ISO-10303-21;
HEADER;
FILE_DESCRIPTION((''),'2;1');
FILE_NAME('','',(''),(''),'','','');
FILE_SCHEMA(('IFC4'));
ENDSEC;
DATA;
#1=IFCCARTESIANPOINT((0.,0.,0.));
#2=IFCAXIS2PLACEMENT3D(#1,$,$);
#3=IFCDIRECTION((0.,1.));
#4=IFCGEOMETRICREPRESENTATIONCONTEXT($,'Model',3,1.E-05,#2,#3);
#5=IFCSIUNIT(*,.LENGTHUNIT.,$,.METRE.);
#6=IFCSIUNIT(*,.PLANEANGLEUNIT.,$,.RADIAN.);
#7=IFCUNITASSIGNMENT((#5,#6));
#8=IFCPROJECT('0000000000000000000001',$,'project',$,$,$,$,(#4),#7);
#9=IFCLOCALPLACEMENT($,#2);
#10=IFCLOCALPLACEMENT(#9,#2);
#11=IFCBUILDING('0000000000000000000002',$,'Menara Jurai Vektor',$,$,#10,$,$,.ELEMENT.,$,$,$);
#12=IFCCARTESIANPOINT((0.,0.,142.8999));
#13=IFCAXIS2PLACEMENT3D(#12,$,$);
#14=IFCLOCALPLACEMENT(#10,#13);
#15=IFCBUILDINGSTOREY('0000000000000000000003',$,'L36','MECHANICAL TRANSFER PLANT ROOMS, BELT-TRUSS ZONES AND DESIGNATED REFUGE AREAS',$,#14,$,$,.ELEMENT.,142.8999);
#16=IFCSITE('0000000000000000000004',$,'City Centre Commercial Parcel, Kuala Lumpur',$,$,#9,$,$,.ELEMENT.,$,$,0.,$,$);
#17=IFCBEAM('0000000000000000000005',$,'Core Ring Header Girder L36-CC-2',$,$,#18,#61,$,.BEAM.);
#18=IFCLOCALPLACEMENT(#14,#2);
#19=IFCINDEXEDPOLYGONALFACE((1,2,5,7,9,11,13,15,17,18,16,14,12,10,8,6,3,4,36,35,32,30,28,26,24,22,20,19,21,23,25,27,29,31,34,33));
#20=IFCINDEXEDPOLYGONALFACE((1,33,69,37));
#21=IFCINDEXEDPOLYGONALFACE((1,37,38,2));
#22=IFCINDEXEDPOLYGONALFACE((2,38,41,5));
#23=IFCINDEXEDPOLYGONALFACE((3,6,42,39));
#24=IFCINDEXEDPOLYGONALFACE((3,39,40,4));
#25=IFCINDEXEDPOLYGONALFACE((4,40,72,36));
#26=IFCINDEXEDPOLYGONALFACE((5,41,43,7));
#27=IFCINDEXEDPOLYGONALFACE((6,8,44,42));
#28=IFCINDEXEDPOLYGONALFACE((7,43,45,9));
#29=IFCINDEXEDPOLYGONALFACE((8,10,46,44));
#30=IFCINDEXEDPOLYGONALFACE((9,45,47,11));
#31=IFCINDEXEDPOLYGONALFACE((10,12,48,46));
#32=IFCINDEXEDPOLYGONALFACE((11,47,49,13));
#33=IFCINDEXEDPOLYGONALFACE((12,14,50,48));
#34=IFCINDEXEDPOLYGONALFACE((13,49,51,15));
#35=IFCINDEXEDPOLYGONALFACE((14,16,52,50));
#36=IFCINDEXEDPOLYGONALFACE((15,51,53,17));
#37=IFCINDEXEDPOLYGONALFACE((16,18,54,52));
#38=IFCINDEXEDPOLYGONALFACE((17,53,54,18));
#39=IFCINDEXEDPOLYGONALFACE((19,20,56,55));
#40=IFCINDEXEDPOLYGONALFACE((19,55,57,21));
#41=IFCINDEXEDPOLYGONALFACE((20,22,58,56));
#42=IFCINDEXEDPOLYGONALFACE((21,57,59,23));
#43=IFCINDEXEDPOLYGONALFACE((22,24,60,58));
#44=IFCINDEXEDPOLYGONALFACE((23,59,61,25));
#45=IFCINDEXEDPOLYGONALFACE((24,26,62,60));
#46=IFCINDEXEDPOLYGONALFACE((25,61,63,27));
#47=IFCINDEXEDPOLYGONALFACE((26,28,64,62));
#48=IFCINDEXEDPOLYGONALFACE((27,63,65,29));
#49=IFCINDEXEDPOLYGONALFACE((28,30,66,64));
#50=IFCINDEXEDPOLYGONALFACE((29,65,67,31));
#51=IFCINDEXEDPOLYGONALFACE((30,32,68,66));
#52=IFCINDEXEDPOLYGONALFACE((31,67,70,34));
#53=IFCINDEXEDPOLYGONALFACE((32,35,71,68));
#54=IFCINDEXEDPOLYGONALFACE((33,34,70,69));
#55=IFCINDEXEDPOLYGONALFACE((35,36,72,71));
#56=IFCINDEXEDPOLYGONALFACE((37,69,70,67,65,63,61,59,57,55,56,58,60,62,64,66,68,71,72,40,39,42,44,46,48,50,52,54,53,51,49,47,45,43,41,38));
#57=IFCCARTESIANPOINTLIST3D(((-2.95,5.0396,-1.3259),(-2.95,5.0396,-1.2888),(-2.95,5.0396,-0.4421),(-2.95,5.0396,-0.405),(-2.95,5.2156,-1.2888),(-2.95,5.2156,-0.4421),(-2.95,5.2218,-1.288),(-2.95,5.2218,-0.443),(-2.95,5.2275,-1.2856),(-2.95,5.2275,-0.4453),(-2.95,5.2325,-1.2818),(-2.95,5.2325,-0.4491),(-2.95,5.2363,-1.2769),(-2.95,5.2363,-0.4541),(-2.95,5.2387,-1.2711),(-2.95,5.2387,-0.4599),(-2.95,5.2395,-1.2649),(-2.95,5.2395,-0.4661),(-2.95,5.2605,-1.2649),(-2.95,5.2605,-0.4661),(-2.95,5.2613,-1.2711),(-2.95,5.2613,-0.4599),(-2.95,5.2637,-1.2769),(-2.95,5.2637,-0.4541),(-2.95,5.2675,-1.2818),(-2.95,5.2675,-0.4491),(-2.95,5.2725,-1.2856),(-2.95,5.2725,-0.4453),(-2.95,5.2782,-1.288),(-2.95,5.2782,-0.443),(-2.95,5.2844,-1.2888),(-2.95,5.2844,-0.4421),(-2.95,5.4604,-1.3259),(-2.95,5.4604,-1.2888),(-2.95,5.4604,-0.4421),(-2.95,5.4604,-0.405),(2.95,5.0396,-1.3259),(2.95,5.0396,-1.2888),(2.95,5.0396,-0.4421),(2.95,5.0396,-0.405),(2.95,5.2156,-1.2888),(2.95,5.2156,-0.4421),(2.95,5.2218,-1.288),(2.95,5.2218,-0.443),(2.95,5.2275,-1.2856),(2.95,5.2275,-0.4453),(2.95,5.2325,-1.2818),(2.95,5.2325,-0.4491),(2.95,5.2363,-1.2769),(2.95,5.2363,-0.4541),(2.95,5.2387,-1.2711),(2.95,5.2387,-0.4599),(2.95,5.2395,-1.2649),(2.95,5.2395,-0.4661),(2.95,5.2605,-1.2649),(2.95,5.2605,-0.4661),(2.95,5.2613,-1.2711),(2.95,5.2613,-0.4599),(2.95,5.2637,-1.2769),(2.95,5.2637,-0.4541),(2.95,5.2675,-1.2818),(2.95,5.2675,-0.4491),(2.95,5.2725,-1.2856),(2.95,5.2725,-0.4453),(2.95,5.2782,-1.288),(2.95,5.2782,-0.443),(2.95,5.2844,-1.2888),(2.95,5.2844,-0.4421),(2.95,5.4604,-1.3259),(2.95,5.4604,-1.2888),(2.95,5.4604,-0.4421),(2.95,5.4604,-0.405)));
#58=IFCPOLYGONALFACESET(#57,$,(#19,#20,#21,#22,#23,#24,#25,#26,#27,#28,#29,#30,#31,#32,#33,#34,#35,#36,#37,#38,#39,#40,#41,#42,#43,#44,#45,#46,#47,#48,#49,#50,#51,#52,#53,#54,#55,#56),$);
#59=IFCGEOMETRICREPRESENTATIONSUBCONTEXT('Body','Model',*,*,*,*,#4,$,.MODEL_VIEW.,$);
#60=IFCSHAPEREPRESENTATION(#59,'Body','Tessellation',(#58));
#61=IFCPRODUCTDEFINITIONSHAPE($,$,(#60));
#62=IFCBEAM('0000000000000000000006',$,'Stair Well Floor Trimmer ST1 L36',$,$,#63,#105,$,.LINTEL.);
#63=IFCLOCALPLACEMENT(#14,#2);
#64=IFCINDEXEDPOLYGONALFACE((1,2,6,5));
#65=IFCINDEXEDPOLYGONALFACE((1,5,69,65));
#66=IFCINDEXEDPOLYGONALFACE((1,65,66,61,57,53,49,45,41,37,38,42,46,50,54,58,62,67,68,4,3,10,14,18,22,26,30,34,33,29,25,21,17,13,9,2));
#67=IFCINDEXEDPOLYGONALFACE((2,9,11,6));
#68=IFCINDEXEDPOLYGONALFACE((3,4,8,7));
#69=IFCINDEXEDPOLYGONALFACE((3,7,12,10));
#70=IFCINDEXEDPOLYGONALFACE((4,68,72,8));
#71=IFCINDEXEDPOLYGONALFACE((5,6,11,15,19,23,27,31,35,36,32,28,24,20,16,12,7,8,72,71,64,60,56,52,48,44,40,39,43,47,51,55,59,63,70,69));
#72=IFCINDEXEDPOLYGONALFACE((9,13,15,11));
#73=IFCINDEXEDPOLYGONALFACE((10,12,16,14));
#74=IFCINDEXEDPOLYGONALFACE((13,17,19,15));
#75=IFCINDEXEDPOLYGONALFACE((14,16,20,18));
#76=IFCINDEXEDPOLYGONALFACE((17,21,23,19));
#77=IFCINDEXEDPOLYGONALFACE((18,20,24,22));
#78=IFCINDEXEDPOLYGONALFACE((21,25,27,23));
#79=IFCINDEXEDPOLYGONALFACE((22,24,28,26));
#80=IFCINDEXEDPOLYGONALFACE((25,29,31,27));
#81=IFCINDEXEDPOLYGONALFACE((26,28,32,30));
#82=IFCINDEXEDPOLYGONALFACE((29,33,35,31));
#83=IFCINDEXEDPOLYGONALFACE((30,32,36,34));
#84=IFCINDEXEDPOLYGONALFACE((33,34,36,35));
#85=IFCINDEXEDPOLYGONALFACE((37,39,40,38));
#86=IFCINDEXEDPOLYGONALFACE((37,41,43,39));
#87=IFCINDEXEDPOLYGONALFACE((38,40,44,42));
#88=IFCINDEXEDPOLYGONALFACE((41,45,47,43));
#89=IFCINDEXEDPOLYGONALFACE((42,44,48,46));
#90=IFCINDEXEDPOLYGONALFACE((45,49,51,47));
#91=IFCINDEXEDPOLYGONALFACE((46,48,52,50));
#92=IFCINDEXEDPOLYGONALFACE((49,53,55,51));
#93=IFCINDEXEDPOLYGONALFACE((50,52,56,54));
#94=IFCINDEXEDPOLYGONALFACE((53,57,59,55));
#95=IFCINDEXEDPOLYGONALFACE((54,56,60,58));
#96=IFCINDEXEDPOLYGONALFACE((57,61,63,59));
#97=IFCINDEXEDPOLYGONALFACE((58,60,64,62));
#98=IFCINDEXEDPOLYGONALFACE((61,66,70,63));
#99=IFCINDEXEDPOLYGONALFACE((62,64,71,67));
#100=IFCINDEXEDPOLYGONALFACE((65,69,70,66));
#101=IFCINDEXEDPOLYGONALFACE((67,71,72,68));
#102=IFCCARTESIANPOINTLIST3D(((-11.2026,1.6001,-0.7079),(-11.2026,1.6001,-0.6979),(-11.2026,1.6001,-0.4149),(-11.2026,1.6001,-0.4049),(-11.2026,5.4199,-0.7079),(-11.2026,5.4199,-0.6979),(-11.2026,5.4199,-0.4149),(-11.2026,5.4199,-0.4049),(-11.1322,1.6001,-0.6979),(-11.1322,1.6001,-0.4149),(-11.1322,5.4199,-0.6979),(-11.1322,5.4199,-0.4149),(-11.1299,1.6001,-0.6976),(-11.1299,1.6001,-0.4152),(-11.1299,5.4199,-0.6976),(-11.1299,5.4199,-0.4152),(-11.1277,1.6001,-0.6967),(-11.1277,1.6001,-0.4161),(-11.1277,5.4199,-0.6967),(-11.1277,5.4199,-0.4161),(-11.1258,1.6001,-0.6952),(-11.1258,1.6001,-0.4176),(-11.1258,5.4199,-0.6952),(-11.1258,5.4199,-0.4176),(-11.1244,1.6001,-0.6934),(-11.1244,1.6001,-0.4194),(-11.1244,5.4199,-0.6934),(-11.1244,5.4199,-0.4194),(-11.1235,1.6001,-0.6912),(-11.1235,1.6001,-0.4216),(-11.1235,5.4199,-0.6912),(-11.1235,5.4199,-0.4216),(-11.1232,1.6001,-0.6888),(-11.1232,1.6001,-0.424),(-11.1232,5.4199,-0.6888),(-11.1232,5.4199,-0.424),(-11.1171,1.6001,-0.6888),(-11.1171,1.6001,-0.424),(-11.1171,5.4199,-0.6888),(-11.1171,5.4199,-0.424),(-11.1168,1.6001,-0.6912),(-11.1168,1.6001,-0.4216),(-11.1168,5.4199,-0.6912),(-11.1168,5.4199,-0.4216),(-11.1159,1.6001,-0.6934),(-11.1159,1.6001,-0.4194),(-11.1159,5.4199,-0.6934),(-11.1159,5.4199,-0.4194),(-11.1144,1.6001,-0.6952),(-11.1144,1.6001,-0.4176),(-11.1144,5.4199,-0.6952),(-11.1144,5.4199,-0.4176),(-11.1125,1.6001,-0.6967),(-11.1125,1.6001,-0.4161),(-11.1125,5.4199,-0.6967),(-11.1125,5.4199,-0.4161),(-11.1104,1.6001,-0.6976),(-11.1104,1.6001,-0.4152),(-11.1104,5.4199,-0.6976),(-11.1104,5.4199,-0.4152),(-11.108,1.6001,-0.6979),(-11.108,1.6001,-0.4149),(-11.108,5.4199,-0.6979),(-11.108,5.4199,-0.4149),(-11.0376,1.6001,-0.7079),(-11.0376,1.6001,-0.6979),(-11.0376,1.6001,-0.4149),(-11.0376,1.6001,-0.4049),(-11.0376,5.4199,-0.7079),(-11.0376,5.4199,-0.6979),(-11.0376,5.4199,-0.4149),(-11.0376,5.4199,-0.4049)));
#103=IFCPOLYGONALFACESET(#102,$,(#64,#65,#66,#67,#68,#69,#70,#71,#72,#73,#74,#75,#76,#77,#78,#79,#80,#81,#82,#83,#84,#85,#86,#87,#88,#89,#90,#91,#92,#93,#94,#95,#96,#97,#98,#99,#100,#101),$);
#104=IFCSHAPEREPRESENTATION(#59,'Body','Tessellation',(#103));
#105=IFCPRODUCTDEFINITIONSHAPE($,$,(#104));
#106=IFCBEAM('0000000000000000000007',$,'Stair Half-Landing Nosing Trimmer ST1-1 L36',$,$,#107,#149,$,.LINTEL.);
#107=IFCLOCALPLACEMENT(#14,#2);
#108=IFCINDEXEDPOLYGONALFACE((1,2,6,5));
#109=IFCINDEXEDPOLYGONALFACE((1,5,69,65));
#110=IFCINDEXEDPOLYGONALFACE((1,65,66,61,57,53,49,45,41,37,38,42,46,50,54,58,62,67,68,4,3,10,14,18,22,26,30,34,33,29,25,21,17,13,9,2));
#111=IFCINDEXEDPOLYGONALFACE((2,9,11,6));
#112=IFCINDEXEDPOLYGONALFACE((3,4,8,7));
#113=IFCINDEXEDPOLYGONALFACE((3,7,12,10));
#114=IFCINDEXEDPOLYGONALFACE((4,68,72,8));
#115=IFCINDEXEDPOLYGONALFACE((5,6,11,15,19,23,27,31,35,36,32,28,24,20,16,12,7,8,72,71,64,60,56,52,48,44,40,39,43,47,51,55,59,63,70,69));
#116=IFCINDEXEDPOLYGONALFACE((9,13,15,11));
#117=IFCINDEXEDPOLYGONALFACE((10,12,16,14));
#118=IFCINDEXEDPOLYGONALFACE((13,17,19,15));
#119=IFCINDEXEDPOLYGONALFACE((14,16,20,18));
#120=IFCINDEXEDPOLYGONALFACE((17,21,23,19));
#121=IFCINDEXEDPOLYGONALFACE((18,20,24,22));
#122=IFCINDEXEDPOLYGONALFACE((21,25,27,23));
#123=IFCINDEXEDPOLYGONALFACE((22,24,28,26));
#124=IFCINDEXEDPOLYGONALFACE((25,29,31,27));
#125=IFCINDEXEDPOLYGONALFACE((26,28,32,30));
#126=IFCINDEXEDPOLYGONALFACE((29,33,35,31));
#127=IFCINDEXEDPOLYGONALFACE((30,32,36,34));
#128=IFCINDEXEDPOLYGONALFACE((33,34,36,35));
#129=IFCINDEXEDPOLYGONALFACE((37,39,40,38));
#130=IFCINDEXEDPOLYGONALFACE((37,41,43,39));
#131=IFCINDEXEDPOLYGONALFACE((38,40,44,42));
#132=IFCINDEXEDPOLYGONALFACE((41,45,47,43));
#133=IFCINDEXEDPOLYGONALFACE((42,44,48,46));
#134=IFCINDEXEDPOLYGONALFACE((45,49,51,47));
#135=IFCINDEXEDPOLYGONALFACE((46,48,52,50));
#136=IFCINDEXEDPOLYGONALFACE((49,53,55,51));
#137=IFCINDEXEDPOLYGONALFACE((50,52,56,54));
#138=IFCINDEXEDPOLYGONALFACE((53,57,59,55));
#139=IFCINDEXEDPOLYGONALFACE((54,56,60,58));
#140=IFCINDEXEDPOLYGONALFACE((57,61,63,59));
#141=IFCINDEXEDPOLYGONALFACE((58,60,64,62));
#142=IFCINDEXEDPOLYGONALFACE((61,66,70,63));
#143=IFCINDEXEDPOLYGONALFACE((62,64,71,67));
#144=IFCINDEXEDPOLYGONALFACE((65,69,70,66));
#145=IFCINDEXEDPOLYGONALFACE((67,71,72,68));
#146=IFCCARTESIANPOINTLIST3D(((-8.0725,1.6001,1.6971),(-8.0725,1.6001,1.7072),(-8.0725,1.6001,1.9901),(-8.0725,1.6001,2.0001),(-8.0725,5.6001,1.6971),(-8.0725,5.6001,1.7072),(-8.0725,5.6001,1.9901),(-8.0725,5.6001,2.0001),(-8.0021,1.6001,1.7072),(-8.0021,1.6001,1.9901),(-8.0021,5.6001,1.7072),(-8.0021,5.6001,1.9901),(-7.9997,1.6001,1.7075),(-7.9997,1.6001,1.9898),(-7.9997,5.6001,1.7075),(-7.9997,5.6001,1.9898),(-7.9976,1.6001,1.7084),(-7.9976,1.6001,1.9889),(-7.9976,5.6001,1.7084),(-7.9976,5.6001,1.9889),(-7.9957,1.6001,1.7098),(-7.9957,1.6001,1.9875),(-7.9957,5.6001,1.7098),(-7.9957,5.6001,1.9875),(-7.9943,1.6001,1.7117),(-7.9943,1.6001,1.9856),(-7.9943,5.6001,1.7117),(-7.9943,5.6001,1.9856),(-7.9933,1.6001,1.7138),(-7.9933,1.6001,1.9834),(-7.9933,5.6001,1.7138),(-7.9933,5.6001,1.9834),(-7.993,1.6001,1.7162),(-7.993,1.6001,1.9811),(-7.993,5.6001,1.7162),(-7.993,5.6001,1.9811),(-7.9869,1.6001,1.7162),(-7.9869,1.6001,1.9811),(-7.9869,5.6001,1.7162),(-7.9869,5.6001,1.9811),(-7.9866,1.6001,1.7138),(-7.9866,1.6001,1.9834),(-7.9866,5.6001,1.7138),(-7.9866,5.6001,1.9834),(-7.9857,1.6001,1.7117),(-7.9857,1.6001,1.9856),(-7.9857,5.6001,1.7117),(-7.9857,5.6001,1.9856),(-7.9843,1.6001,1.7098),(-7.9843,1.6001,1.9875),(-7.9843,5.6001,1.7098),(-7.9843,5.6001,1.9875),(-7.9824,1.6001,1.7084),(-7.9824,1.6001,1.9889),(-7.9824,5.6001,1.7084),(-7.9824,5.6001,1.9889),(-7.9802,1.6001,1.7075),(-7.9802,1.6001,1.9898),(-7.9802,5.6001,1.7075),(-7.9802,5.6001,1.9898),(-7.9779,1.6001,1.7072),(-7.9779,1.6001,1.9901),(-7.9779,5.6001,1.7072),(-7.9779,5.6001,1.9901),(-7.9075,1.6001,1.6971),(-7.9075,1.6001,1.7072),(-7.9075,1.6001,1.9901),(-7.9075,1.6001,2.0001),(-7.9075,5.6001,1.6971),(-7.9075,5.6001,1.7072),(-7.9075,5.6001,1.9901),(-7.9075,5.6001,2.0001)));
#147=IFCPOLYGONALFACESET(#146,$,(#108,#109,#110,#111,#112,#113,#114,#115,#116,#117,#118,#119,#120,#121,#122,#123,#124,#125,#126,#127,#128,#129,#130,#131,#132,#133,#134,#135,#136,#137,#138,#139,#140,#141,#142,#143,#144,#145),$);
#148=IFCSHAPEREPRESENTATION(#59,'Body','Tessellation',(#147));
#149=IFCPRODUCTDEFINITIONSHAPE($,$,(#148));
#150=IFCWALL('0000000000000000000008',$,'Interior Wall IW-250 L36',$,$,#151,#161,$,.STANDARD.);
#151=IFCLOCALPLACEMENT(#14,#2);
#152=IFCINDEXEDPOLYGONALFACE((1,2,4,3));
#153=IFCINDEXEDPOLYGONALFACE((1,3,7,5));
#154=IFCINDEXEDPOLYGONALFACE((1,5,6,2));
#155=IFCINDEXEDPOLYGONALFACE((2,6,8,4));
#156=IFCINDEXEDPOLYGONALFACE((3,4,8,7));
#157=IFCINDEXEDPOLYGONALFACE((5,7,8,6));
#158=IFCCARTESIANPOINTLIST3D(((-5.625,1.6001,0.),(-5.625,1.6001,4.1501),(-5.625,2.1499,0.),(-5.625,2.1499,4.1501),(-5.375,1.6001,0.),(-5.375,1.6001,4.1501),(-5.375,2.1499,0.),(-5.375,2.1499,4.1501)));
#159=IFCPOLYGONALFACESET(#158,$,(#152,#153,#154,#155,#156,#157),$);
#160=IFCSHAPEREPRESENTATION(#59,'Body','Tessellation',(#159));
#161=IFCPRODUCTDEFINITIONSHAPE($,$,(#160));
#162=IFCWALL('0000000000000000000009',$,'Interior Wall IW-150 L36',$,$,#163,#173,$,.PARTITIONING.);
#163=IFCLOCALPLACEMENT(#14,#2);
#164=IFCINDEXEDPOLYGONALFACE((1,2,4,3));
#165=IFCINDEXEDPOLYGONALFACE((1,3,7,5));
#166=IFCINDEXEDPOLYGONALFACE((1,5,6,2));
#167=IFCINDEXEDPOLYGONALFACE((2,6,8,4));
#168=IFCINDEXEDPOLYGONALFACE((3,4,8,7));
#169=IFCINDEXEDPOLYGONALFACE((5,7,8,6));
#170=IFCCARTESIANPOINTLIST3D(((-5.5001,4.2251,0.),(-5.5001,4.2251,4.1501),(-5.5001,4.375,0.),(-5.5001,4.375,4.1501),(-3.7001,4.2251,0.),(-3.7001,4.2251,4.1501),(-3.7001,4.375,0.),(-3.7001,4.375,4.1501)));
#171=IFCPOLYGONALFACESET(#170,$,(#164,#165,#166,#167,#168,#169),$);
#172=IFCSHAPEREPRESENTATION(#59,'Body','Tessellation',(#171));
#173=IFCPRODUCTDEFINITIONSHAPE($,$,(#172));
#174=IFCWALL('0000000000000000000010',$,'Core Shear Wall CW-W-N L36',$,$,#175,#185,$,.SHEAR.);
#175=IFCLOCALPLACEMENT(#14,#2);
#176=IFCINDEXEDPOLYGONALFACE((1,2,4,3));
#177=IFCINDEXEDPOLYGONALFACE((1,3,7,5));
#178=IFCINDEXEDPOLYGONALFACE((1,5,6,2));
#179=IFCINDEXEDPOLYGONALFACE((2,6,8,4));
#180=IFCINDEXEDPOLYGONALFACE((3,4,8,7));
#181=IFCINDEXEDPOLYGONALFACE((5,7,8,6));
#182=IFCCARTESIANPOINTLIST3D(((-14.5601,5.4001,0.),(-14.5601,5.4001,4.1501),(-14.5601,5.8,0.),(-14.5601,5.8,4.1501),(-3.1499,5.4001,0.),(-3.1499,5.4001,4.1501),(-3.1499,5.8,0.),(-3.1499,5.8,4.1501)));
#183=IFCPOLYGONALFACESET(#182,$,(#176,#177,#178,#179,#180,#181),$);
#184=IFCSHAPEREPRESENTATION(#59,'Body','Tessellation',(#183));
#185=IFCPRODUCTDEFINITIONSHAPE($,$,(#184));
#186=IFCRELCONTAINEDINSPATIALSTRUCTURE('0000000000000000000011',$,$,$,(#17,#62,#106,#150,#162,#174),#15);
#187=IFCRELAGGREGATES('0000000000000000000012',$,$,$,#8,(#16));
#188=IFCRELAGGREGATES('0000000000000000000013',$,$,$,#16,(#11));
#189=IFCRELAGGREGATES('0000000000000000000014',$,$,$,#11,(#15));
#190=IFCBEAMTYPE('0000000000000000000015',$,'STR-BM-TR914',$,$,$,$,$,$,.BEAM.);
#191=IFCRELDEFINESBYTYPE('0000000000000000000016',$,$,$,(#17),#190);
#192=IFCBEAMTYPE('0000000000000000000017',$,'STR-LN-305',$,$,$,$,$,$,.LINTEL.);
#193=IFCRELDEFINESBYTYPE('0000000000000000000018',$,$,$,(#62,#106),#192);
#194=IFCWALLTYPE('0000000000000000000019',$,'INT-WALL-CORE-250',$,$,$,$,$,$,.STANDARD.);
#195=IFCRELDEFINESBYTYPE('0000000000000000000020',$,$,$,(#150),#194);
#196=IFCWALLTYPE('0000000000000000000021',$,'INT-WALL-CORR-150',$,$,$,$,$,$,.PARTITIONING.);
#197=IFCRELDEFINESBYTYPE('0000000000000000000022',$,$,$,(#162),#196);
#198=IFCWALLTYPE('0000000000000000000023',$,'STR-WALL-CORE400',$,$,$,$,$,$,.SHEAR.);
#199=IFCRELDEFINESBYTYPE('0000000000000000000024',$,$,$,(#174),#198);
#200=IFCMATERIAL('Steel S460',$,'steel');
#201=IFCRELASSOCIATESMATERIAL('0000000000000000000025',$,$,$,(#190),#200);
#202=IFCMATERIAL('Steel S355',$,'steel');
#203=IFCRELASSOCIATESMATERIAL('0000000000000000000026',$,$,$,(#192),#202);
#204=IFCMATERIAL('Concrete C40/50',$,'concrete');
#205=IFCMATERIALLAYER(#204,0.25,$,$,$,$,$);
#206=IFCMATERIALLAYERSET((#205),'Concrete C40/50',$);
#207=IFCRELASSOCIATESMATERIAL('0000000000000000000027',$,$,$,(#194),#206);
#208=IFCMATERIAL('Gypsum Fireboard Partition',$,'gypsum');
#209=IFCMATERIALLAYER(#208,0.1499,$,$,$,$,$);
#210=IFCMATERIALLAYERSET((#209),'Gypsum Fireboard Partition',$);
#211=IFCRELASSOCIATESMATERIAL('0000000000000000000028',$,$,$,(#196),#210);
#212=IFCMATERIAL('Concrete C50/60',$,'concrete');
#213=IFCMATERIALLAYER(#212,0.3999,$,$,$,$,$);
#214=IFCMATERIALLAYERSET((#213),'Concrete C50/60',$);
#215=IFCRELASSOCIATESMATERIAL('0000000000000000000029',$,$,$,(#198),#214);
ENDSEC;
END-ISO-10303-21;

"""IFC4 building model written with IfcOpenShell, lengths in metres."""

from ifc_helpers import new_model, si_unit, direction, frame, frame_2d, origin, origin_2d, place, context, subcontext, project, spatial, rectangle, i_section, extrude, material, layer, layer_set, material_profile, profile_set, type_object, element, save


model = new_model("IFC4")

# Units and contexts
model_context = context("Model", 3, precision=1e-05, world=origin(), true_north=direction((0.0, 1.0)))
body_context = subcontext(model_context, "Body", "Model", "MODEL_VIEW")
ifc_project = project(units=[si_unit("LENGTHUNIT", "METRE"), si_unit("PLANEANGLEUNIT", "RADIAN")], contexts=[model_context])

# Site, building, storey
site_placement = place(None, origin())
site = spatial("IfcSite", under=ifc_project, at=site_placement, Name="City Centre Commercial Parcel, Kuala Lumpur", CompositionType="ELEMENT", RefElevation=0.0)
building_placement = place(site_placement, origin())
building = spatial("IfcBuilding", under=site, at=building_placement, Name="Menara Jurai Vektor", CompositionType="ELEMENT")
storey_placement = place(building_placement, frame((0.0, 0.0, 142.8999)))
storey = spatial("IfcBuildingStorey", under=building, at=storey_placement, Name="L36", Description="MECHANICAL TRANSFER PLANT ROOMS, BELT-TRUSS ZONES AND DESIGNATED REFUGE AREAS", CompositionType="ELEMENT", Elevation=142.8999)

# Shared definitions
ifc_material_1 = material(Name="Concrete C50/60", Category="concrete")
ifc_material_2 = material(Name="Steel S355", Category="steel")

# Beams
ifc_material_3 = material(Name="Steel S460", Category="steel")
ifc_material_profile_1 = material_profile(ifc_material_3, i_section(OverallWidth=0.4209, OverallDepth=0.9209, WebThickness=0.021, FlangeThickness=0.0371, FilletRadius=0.0239, at=origin_2d()), Name="UKB 914x419x388")
ifc_profile_set_1 = profile_set([ifc_material_profile_1], Name="Steel S460")
beam_type_1 = type_object("IfcBeamType", Name="STR-BM-TR914", PredefinedType="BEAM", material=ifc_profile_set_1)
beam_1_placement = place(storey_placement, frame((-2.95, 5.25, -0.8655), z_axis=(1.0, 0.0, 0.0), x_axis=(0.0, 1.0, 0.0)))
element("IfcBeam", 1, at=beam_1_placement, inside=storey, type_object=beam_type_1, Name="Core Ring Header Girder L36-CC-2", PredefinedType="BEAM", context=body_context, shape_type="SweptSolid", body=[
    extrude(i_section(OverallWidth=0.4209, OverallDepth=0.9209, WebThickness=0.021, FlangeThickness=0.0371, FilletRadius=0.0239, at=origin_2d()), origin(), (0.0, 0.0, 1.0), 5.8999),
])
ifc_material_profile_2 = material_profile(ifc_material_2, i_section(OverallWidth=0.165, OverallDepth=0.303, WebThickness=0.0061, FlangeThickness=0.01, FilletRadius=0.009, at=origin_2d()), Name="UKB 305x165x40")
ifc_profile_set_2 = profile_set([ifc_material_profile_2], Name="Steel S355")
beam_type_2 = type_object("IfcBeamType", Name="STR-LN-305", PredefinedType="LINTEL", material=ifc_profile_set_2)
beam_2_placement = place(storey_placement, frame((-11.1201, 1.6001, -0.5564), z_axis=(0.0, 1.0, 0.0), x_axis=(-1.0, 0.0, 0.0)))
element("IfcBeam", 2, at=beam_2_placement, inside=storey, type_object=beam_type_2, Name="Stair Well Floor Trimmer ST1 L36", PredefinedType="LINTEL", context=body_context, shape_type="SweptSolid", body=[
    extrude(i_section(OverallWidth=0.165, OverallDepth=0.303, WebThickness=0.0061, FlangeThickness=0.01, FilletRadius=0.009, at=origin_2d()), origin(), (0.0, 0.0, 1.0), 3.8198),
])
beam_3_placement = place(storey_placement, frame((-7.99, 1.6001, 1.8486), z_axis=(0.0, 1.0, 0.0), x_axis=(-1.0, 0.0, 0.0)))
element("IfcBeam", 3, at=beam_3_placement, inside=storey, type_object=beam_type_2, Name="Stair Half-Landing Nosing Trimmer ST1-1 L36", PredefinedType="LINTEL", context=body_context, shape_type="SweptSolid", body=[
    extrude(i_section(OverallWidth=0.165, OverallDepth=0.303, WebThickness=0.0061, FlangeThickness=0.01, FilletRadius=0.009, at=origin_2d()), origin(), (0.0, 0.0, 1.0), 4.0),
])

# Shared definitions
ifc_material_4 = material(Name="Concrete C40/50", Category="concrete")
ifc_layer_1 = layer(ifc_material_4, 0.25)
ifc_layer_set_1 = layer_set([ifc_layer_1], Name="Concrete C40/50")
wall_type_1 = type_object("IfcWallType", Name="INT-WALL-CORE-250", PredefinedType="STANDARD", material=ifc_layer_set_1)

# Walls
wall_1_placement = place(storey_placement, frame((-5.5, 1.6001, 0.0), z_axis=(0.0, 0.0, 1.0), x_axis=(0.0, 1.0, 0.0)))
element("IfcWall", 4, at=wall_1_placement, inside=storey, type_object=wall_type_1, Name="Interior Wall IW-250 L36", PredefinedType="STANDARD", context=body_context, shape_type="SweptSolid", body=[
    extrude(rectangle(XDim=0.5498, YDim=0.25, at=frame_2d((0.2749, 0.0))), origin(), (0.0, 0.0, 1.0), 4.1501),
])
ifc_material_5 = material(Name="Gypsum Fireboard Partition", Category="gypsum")
ifc_layer_2 = layer(ifc_material_5, 0.1499)
ifc_layer_set_2 = layer_set([ifc_layer_2], Name="Gypsum Fireboard Partition")
wall_type_2 = type_object("IfcWallType", Name="INT-WALL-CORR-150", PredefinedType="PARTITIONING", material=ifc_layer_set_2)
wall_2_placement = place(storey_placement, frame((-5.5, 4.3, 0.0), z_axis=(0.0, 0.0, 1.0), x_axis=(1.0, 0.0, 0.0)))
element("IfcWall", 5, at=wall_2_placement, inside=storey, type_object=wall_type_2, Name="Interior Wall IW-150 L36", PredefinedType="PARTITIONING", context=body_context, shape_type="SweptSolid", body=[
    extrude(rectangle(XDim=1.8, YDim=0.1499, at=frame_2d((0.8999, 0.0))), origin(), (0.0, 0.0, 1.0), 4.1501),
])
ifc_layer_3 = layer(ifc_material_1, 0.3999)
ifc_layer_set_3 = layer_set([ifc_layer_3], Name="Concrete C50/60")
wall_type_3 = type_object("IfcWallType", Name="STR-WALL-CORE400", PredefinedType="SHEAR", material=ifc_layer_set_3)
wall_3_placement = place(storey_placement, frame((-14.5601, 5.6001, 0.0), z_axis=(0.0, 0.0, 1.0), x_axis=(1.0, 0.0, 0.0)))
element("IfcWall", 6, at=wall_3_placement, inside=storey, type_object=wall_type_3, Name="Core Shear Wall CW-W-N L36", PredefinedType="SHEAR", context=body_context, shape_type="SweptSolid", body=[
    extrude(rectangle(XDim=11.4102, YDim=0.3999, at=frame_2d((5.7051, 0.0))), origin(), (0.0, 0.0, 1.0), 4.1501),
])

save(model, "model.ifc")
